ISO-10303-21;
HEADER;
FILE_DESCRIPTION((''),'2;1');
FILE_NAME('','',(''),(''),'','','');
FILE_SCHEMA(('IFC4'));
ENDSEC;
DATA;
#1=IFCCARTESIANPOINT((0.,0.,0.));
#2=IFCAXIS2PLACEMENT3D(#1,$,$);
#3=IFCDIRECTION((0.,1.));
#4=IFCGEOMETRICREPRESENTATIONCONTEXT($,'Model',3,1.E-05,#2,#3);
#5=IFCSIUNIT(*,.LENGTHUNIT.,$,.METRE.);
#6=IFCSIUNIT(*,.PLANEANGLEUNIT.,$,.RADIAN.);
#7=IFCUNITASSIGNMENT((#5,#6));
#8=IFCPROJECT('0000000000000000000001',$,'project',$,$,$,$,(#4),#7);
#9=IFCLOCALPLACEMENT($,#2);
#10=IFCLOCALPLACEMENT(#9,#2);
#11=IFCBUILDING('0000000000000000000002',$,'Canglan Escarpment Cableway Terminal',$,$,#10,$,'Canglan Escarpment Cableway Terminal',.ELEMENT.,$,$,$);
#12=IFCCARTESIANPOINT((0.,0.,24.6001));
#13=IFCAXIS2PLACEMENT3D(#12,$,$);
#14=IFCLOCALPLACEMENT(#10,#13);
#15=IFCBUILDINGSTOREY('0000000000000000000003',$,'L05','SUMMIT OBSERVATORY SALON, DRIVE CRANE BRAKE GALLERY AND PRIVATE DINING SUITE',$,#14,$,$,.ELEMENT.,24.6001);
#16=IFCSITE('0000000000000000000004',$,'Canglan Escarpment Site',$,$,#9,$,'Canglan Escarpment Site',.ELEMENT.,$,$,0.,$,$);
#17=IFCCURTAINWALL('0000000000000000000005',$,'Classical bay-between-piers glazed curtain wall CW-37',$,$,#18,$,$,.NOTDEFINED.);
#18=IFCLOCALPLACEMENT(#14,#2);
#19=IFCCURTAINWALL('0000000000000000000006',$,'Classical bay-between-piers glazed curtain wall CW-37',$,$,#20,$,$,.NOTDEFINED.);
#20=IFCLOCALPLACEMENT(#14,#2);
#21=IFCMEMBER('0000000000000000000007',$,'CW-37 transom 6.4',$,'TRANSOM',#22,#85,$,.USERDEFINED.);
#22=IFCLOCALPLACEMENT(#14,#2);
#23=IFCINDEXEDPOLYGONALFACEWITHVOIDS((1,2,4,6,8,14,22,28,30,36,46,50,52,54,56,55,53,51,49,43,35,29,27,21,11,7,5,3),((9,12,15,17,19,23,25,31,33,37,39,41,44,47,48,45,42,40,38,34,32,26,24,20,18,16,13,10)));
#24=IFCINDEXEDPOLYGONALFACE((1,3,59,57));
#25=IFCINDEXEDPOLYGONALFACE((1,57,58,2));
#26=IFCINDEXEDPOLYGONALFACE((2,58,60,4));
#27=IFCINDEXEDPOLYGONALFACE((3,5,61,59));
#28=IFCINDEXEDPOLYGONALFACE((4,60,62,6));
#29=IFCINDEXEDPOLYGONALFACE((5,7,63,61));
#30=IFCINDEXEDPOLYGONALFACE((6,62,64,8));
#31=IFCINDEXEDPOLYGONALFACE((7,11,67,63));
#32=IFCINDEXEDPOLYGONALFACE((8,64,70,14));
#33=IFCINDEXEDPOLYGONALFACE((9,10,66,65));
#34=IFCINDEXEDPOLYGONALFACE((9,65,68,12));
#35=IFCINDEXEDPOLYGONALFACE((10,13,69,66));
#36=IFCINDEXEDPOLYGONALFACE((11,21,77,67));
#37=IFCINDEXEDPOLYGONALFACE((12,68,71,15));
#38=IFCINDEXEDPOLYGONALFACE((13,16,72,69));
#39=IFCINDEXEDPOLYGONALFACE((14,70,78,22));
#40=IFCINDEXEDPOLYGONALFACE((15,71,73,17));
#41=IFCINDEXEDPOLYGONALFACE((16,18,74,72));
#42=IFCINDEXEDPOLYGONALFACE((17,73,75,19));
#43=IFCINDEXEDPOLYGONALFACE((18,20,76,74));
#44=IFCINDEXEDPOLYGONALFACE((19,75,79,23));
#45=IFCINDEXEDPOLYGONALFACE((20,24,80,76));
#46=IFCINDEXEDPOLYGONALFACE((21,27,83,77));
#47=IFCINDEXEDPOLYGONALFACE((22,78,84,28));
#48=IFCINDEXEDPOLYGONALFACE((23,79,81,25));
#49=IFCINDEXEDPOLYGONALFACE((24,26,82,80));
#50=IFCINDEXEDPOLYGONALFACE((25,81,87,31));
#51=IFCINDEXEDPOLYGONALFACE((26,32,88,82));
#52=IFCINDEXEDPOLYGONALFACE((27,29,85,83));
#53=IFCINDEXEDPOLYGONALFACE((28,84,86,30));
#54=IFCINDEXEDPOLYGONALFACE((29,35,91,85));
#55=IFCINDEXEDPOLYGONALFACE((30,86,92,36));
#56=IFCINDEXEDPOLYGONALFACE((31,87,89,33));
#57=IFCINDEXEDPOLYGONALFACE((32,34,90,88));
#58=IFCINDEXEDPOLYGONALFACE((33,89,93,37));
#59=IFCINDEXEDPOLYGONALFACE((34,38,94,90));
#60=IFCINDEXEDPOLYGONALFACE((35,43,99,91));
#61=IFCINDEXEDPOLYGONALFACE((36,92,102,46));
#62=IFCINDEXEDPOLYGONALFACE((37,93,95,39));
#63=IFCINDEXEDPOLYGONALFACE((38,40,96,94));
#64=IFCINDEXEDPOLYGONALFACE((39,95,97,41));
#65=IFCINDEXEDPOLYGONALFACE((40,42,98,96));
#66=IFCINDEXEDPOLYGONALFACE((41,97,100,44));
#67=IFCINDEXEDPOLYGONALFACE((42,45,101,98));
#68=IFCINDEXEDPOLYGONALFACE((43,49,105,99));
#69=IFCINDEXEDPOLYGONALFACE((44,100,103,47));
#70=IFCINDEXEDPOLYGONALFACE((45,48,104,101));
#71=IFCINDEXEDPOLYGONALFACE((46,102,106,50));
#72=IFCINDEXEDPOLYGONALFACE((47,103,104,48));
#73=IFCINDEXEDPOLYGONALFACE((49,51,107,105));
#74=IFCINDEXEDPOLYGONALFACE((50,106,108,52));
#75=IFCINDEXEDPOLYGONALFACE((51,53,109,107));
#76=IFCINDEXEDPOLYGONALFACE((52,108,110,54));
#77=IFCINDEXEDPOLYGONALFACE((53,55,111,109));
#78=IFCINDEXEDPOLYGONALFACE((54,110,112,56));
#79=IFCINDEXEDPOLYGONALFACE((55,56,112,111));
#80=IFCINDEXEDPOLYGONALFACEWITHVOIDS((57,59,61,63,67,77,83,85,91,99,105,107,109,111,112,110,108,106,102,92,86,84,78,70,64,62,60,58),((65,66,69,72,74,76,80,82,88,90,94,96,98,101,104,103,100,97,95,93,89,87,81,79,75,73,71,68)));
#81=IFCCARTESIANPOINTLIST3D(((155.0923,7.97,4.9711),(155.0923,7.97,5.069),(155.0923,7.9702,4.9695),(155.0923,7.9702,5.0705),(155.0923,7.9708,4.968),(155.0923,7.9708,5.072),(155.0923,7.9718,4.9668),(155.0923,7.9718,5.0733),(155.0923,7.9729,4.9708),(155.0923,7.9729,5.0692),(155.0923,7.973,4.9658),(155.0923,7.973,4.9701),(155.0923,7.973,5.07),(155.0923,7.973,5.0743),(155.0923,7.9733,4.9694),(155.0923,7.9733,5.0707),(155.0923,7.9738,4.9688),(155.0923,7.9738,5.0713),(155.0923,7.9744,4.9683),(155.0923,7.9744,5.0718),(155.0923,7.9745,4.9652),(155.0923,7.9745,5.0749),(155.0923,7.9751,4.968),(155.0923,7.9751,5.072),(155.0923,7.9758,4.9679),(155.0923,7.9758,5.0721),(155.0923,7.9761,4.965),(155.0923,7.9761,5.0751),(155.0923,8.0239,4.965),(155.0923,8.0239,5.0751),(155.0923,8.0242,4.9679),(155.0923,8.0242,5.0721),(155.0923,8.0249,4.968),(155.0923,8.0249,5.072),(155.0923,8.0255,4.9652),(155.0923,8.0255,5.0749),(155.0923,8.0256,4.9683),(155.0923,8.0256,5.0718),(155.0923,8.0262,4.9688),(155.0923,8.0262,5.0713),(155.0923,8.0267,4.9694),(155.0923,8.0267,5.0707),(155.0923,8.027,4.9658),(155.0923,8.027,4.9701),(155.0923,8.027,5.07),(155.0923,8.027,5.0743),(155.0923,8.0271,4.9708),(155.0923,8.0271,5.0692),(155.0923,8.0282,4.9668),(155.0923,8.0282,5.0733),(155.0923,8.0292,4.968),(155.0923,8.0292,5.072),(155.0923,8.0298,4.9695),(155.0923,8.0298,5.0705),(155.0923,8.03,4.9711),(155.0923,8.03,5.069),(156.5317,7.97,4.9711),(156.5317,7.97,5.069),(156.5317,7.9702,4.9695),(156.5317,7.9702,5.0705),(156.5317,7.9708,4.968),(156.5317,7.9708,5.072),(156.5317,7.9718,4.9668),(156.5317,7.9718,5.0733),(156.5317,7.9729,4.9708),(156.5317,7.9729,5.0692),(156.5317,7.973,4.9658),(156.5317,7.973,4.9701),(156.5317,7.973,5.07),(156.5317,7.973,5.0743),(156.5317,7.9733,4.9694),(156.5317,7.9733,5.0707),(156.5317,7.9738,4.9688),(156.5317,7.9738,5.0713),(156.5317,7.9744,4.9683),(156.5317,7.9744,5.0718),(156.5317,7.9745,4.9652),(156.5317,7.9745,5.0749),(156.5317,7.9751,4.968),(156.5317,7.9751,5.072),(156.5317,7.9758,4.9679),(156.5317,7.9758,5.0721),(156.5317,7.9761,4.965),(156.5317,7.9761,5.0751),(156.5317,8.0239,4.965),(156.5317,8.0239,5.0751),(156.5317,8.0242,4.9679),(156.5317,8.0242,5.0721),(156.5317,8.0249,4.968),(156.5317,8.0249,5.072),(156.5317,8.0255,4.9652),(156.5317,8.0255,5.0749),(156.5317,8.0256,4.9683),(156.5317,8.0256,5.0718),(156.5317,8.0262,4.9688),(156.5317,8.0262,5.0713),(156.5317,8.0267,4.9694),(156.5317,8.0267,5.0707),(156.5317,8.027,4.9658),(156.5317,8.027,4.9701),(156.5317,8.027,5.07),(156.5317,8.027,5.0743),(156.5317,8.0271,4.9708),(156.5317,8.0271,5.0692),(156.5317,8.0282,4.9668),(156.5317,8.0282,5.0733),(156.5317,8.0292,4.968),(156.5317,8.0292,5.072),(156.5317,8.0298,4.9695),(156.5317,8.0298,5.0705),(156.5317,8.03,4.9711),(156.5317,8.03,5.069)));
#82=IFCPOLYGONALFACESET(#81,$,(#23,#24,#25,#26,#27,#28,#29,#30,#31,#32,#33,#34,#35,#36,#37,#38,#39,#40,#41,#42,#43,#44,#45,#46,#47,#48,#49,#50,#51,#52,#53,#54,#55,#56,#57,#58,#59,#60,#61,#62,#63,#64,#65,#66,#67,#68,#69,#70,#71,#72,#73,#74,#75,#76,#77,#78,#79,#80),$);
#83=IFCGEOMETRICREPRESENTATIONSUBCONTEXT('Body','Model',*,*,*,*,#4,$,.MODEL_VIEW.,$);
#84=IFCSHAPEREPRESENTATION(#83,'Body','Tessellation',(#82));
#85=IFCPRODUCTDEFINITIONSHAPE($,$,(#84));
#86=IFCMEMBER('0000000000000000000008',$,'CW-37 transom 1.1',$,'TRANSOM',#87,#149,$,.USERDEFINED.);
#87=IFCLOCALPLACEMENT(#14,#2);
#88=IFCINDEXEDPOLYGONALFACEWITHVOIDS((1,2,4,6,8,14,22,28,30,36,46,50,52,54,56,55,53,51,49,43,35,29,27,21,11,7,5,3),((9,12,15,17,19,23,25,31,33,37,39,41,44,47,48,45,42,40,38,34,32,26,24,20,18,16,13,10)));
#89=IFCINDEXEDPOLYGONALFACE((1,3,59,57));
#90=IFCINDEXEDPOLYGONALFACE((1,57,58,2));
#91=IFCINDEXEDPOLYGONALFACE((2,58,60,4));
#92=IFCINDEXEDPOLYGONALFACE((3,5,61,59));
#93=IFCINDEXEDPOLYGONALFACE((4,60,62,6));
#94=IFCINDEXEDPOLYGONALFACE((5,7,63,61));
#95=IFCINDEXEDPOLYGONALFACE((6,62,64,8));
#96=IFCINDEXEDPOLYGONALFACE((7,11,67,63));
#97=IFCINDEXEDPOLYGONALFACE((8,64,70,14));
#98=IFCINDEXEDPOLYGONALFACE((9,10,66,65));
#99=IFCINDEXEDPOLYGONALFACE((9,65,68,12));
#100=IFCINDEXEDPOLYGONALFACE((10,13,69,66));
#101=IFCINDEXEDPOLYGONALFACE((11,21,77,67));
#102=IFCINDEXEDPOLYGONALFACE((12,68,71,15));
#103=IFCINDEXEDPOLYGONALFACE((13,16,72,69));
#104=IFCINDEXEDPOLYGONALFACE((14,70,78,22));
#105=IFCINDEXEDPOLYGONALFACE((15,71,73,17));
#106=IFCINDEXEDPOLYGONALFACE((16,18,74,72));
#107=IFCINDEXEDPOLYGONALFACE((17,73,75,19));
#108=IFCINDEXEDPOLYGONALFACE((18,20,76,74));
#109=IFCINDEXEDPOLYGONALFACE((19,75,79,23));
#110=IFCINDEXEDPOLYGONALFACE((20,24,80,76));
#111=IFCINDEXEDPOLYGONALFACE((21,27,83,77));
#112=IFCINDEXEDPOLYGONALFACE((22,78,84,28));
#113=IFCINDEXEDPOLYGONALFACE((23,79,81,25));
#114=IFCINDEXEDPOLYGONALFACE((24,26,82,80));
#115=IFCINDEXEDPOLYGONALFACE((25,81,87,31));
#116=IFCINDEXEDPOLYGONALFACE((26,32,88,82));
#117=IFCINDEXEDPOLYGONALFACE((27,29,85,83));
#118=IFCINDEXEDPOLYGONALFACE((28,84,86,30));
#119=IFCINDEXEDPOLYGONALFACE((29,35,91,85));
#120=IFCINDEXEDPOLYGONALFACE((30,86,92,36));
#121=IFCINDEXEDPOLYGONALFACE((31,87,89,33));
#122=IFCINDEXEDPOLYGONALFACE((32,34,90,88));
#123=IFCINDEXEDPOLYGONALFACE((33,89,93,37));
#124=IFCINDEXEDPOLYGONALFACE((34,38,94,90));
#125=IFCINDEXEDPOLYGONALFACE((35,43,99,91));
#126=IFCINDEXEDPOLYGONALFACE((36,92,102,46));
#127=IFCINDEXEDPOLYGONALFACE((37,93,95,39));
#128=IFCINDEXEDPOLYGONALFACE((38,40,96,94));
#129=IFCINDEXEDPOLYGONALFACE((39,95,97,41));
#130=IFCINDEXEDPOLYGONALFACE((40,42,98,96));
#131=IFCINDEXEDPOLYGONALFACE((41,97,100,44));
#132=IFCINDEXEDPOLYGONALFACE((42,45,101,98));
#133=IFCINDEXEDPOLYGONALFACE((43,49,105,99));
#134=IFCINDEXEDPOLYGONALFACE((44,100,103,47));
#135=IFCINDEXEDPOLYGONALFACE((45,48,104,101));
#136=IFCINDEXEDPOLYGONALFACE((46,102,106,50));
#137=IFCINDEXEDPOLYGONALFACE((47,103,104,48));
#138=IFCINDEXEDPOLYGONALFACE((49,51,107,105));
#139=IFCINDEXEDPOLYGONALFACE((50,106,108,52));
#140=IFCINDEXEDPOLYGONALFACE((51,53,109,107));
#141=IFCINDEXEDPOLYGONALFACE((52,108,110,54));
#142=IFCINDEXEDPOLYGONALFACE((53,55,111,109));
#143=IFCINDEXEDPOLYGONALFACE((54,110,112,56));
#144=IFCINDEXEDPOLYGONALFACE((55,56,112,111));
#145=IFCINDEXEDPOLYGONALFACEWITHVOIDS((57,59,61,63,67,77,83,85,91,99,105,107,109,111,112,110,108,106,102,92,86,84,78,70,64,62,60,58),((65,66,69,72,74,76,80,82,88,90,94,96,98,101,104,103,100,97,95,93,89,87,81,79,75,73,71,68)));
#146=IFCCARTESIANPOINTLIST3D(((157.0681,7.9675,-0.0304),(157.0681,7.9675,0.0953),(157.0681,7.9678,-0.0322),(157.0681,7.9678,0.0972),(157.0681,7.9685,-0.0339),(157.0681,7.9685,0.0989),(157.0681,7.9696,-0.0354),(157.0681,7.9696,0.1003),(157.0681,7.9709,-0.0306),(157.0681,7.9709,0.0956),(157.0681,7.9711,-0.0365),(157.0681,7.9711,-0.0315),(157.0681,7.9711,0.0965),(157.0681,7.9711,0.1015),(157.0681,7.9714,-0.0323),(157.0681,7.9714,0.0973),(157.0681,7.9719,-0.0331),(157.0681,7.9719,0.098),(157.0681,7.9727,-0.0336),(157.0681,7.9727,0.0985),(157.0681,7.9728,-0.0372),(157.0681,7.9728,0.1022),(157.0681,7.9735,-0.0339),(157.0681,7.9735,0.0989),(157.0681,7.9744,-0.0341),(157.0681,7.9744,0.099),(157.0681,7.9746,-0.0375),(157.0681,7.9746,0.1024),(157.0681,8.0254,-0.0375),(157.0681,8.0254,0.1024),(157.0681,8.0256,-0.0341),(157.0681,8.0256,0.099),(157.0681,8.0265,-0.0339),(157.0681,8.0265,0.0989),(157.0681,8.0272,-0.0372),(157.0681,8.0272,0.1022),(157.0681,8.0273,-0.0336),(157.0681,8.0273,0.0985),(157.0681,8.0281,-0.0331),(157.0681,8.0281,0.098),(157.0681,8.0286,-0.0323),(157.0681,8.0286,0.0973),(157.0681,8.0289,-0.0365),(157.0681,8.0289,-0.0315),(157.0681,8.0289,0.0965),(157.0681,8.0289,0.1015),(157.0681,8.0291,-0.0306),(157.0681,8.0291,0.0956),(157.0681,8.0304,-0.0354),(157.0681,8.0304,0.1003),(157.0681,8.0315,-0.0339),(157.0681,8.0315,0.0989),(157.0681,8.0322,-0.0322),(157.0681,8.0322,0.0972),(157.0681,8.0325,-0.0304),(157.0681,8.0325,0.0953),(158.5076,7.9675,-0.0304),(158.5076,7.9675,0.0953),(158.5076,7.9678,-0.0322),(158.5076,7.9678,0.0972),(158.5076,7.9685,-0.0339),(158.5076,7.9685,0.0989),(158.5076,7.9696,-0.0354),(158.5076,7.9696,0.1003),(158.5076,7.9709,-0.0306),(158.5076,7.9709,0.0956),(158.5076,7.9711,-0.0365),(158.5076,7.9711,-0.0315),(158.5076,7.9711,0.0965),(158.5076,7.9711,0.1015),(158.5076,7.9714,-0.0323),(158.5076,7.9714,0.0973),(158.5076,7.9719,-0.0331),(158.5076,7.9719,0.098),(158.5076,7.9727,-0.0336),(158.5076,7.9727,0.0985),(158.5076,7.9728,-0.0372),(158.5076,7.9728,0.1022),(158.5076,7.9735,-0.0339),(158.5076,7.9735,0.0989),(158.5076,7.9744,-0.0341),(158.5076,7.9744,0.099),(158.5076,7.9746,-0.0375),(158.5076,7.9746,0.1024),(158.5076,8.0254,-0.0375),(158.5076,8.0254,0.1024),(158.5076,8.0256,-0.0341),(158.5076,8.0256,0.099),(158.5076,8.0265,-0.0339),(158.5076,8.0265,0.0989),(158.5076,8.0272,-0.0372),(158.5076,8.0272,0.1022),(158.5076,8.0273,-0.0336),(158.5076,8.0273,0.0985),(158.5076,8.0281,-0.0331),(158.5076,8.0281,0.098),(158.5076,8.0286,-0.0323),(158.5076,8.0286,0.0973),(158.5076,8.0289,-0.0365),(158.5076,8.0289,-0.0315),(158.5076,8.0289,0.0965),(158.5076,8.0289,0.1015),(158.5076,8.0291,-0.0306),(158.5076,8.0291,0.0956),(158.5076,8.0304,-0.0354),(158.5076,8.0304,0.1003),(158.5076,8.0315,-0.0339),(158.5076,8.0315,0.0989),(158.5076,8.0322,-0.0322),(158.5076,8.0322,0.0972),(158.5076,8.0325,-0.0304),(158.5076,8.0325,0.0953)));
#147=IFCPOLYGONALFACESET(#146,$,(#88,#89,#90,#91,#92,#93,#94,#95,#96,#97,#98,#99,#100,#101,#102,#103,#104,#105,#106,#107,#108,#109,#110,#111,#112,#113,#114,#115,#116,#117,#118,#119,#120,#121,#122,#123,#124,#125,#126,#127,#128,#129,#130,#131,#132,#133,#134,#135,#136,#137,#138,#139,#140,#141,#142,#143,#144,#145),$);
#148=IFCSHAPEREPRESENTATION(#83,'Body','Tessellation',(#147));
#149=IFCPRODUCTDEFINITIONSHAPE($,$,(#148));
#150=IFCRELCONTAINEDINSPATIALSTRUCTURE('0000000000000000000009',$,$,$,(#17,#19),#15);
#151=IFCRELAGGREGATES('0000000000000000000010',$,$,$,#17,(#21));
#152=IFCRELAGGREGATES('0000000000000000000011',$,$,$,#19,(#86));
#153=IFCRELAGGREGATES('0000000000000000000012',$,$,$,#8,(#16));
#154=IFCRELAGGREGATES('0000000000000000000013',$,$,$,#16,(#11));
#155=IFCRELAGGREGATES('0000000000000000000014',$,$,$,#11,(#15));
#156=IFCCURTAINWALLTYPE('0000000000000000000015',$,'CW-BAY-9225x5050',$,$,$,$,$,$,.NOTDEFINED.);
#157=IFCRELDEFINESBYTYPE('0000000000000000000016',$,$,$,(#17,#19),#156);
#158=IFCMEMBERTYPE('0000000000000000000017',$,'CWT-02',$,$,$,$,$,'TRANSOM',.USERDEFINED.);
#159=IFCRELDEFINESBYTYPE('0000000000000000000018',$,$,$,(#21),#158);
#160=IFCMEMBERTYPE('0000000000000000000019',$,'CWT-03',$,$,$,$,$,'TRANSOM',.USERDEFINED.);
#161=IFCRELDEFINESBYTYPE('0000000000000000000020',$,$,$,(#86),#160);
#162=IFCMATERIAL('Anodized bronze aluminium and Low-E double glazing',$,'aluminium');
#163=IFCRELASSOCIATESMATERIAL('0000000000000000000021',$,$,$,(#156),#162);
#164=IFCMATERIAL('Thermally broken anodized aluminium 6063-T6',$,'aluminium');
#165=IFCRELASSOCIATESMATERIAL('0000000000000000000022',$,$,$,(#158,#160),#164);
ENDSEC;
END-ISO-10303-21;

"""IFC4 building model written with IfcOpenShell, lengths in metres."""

from ifc_helpers import new_model, si_unit, direction, frame, origin, origin_2d, place, context, subcontext, project, spatial, hollow_rectangle, extrude, material, material_profile, profile_set, type_object, element, aggregate, save


model = new_model("IFC4")

# Units and contexts
model_context = context("Model", 3, precision=1e-05, world=origin(), true_north=direction((0.0, 1.0)))
body_context = subcontext(model_context, "Body", "Model", "MODEL_VIEW")
ifc_project = project(units=[si_unit("LENGTHUNIT", "METRE"), si_unit("PLANEANGLEUNIT", "RADIAN")], contexts=[model_context])

# Site, building, storey
site_placement = place(None, origin())
site = spatial("IfcSite", under=ifc_project, at=site_placement, Name="Canglan Escarpment Site", LongName="Canglan Escarpment Site", CompositionType="ELEMENT", RefElevation=0.0)
building_placement = place(site_placement, origin())
building = spatial("IfcBuilding", under=site, at=building_placement, Name="Canglan Escarpment Cableway Terminal", LongName="Canglan Escarpment Cableway Terminal", CompositionType="ELEMENT")
storey_placement = place(building_placement, frame((0.0, 0.0, 24.6001)))
storey = spatial("IfcBuildingStorey", under=building, at=storey_placement, Name="L05", Description="SUMMIT OBSERVATORY SALON, DRIVE CRANE BRAKE GALLERY AND PRIVATE DINING SUITE", CompositionType="ELEMENT", Elevation=24.6001)

# Curtain walls
ifc_material_1 = material(Name="Anodized bronze aluminium and Low-E double glazing", Category="aluminium")
curtain_wall_type = type_object("IfcCurtainWallType", Name="CW-BAY-9225x5050", PredefinedType="NOTDEFINED", material=ifc_material_1)
curtain_wall_1_placement = place(storey_placement, origin())
curtain_wall_1 = element("IfcCurtainWall", 1, at=curtain_wall_1_placement, inside=storey, type_object=curtain_wall_type, Name="Classical bay-between-piers glazed curtain wall CW-37", PredefinedType="NOTDEFINED")
ifc_material_2 = material(Name="Thermally broken anodized aluminium 6063-T6", Category="aluminium")
curtain_wall_2_placement = place(storey_placement, origin())
curtain_wall_2 = element("IfcCurtainWall", 2, at=curtain_wall_2_placement, inside=storey, type_object=curtain_wall_type, Name="Classical bay-between-piers glazed curtain wall CW-37", PredefinedType="NOTDEFINED")

# Members
ifc_material_profile_1 = material_profile(ifc_material_2, hollow_rectangle(XDim=0.0601, YDim=0.1101, WallThickness=0.0029, InnerFilletRadius=0.0029, OuterFilletRadius=0.0061, at=origin_2d()), Name="ALU-TRAN 60x110x3")
ifc_profile_set_1 = profile_set([ifc_material_profile_1], Name="Thermally broken anodized aluminium 6063-T6")
member_type_1 = type_object("IfcMemberType", Name="CWT-02", ElementType="TRANSOM", PredefinedType="USERDEFINED", material=ifc_profile_set_1)
member_1_placement = place(storey_placement, frame((155.0923, 8.0, 5.02), z_axis=(1.0, 0.0, 0.0), x_axis=(0.0, 1.0, 0.0)))
member_1 = element("IfcMember", 3, at=member_1_placement, type_object=member_type_1, Name="CW-37 transom 6.4", ObjectType="TRANSOM", PredefinedType="USERDEFINED", context=body_context, shape_type="SweptSolid", body=[
    extrude(hollow_rectangle(XDim=0.0601, YDim=0.1101, WallThickness=0.0029, InnerFilletRadius=0.0029, OuterFilletRadius=0.0061, at=origin_2d()), origin(), (0.0, 0.0, 1.0), 1.4395),
])
ifc_material_profile_2 = material_profile(ifc_material_2, hollow_rectangle(XDim=0.0649, YDim=0.1399, WallThickness=0.0034, InnerFilletRadius=0.0034, OuterFilletRadius=0.0071, at=origin_2d()), Name="ALU-TRAN 65x140x3.5")
ifc_profile_set_2 = profile_set([ifc_material_profile_2], Name="Thermally broken anodized aluminium 6063-T6")
member_type_2 = type_object("IfcMemberType", Name="CWT-03", ElementType="TRANSOM", PredefinedType="USERDEFINED", material=ifc_profile_set_2)
member_2_placement = place(storey_placement, frame((157.0681, 8.0, 0.0325), z_axis=(1.0, 0.0, 0.0), x_axis=(0.0, 1.0, 0.0)))
member_2 = element("IfcMember", 4, at=member_2_placement, type_object=member_type_2, Name="CW-37 transom 1.1", ObjectType="TRANSOM", PredefinedType="USERDEFINED", context=body_context, shape_type="SweptSolid", body=[
    extrude(hollow_rectangle(XDim=0.0649, YDim=0.1399, WallThickness=0.0034, InnerFilletRadius=0.0034, OuterFilletRadius=0.0071, at=origin_2d()), origin(), (0.0, 0.0, 1.0), 1.4395),
])

aggregate(curtain_wall_1, [member_1])
aggregate(curtain_wall_2, [member_2])

save(model, "model.ifc")
